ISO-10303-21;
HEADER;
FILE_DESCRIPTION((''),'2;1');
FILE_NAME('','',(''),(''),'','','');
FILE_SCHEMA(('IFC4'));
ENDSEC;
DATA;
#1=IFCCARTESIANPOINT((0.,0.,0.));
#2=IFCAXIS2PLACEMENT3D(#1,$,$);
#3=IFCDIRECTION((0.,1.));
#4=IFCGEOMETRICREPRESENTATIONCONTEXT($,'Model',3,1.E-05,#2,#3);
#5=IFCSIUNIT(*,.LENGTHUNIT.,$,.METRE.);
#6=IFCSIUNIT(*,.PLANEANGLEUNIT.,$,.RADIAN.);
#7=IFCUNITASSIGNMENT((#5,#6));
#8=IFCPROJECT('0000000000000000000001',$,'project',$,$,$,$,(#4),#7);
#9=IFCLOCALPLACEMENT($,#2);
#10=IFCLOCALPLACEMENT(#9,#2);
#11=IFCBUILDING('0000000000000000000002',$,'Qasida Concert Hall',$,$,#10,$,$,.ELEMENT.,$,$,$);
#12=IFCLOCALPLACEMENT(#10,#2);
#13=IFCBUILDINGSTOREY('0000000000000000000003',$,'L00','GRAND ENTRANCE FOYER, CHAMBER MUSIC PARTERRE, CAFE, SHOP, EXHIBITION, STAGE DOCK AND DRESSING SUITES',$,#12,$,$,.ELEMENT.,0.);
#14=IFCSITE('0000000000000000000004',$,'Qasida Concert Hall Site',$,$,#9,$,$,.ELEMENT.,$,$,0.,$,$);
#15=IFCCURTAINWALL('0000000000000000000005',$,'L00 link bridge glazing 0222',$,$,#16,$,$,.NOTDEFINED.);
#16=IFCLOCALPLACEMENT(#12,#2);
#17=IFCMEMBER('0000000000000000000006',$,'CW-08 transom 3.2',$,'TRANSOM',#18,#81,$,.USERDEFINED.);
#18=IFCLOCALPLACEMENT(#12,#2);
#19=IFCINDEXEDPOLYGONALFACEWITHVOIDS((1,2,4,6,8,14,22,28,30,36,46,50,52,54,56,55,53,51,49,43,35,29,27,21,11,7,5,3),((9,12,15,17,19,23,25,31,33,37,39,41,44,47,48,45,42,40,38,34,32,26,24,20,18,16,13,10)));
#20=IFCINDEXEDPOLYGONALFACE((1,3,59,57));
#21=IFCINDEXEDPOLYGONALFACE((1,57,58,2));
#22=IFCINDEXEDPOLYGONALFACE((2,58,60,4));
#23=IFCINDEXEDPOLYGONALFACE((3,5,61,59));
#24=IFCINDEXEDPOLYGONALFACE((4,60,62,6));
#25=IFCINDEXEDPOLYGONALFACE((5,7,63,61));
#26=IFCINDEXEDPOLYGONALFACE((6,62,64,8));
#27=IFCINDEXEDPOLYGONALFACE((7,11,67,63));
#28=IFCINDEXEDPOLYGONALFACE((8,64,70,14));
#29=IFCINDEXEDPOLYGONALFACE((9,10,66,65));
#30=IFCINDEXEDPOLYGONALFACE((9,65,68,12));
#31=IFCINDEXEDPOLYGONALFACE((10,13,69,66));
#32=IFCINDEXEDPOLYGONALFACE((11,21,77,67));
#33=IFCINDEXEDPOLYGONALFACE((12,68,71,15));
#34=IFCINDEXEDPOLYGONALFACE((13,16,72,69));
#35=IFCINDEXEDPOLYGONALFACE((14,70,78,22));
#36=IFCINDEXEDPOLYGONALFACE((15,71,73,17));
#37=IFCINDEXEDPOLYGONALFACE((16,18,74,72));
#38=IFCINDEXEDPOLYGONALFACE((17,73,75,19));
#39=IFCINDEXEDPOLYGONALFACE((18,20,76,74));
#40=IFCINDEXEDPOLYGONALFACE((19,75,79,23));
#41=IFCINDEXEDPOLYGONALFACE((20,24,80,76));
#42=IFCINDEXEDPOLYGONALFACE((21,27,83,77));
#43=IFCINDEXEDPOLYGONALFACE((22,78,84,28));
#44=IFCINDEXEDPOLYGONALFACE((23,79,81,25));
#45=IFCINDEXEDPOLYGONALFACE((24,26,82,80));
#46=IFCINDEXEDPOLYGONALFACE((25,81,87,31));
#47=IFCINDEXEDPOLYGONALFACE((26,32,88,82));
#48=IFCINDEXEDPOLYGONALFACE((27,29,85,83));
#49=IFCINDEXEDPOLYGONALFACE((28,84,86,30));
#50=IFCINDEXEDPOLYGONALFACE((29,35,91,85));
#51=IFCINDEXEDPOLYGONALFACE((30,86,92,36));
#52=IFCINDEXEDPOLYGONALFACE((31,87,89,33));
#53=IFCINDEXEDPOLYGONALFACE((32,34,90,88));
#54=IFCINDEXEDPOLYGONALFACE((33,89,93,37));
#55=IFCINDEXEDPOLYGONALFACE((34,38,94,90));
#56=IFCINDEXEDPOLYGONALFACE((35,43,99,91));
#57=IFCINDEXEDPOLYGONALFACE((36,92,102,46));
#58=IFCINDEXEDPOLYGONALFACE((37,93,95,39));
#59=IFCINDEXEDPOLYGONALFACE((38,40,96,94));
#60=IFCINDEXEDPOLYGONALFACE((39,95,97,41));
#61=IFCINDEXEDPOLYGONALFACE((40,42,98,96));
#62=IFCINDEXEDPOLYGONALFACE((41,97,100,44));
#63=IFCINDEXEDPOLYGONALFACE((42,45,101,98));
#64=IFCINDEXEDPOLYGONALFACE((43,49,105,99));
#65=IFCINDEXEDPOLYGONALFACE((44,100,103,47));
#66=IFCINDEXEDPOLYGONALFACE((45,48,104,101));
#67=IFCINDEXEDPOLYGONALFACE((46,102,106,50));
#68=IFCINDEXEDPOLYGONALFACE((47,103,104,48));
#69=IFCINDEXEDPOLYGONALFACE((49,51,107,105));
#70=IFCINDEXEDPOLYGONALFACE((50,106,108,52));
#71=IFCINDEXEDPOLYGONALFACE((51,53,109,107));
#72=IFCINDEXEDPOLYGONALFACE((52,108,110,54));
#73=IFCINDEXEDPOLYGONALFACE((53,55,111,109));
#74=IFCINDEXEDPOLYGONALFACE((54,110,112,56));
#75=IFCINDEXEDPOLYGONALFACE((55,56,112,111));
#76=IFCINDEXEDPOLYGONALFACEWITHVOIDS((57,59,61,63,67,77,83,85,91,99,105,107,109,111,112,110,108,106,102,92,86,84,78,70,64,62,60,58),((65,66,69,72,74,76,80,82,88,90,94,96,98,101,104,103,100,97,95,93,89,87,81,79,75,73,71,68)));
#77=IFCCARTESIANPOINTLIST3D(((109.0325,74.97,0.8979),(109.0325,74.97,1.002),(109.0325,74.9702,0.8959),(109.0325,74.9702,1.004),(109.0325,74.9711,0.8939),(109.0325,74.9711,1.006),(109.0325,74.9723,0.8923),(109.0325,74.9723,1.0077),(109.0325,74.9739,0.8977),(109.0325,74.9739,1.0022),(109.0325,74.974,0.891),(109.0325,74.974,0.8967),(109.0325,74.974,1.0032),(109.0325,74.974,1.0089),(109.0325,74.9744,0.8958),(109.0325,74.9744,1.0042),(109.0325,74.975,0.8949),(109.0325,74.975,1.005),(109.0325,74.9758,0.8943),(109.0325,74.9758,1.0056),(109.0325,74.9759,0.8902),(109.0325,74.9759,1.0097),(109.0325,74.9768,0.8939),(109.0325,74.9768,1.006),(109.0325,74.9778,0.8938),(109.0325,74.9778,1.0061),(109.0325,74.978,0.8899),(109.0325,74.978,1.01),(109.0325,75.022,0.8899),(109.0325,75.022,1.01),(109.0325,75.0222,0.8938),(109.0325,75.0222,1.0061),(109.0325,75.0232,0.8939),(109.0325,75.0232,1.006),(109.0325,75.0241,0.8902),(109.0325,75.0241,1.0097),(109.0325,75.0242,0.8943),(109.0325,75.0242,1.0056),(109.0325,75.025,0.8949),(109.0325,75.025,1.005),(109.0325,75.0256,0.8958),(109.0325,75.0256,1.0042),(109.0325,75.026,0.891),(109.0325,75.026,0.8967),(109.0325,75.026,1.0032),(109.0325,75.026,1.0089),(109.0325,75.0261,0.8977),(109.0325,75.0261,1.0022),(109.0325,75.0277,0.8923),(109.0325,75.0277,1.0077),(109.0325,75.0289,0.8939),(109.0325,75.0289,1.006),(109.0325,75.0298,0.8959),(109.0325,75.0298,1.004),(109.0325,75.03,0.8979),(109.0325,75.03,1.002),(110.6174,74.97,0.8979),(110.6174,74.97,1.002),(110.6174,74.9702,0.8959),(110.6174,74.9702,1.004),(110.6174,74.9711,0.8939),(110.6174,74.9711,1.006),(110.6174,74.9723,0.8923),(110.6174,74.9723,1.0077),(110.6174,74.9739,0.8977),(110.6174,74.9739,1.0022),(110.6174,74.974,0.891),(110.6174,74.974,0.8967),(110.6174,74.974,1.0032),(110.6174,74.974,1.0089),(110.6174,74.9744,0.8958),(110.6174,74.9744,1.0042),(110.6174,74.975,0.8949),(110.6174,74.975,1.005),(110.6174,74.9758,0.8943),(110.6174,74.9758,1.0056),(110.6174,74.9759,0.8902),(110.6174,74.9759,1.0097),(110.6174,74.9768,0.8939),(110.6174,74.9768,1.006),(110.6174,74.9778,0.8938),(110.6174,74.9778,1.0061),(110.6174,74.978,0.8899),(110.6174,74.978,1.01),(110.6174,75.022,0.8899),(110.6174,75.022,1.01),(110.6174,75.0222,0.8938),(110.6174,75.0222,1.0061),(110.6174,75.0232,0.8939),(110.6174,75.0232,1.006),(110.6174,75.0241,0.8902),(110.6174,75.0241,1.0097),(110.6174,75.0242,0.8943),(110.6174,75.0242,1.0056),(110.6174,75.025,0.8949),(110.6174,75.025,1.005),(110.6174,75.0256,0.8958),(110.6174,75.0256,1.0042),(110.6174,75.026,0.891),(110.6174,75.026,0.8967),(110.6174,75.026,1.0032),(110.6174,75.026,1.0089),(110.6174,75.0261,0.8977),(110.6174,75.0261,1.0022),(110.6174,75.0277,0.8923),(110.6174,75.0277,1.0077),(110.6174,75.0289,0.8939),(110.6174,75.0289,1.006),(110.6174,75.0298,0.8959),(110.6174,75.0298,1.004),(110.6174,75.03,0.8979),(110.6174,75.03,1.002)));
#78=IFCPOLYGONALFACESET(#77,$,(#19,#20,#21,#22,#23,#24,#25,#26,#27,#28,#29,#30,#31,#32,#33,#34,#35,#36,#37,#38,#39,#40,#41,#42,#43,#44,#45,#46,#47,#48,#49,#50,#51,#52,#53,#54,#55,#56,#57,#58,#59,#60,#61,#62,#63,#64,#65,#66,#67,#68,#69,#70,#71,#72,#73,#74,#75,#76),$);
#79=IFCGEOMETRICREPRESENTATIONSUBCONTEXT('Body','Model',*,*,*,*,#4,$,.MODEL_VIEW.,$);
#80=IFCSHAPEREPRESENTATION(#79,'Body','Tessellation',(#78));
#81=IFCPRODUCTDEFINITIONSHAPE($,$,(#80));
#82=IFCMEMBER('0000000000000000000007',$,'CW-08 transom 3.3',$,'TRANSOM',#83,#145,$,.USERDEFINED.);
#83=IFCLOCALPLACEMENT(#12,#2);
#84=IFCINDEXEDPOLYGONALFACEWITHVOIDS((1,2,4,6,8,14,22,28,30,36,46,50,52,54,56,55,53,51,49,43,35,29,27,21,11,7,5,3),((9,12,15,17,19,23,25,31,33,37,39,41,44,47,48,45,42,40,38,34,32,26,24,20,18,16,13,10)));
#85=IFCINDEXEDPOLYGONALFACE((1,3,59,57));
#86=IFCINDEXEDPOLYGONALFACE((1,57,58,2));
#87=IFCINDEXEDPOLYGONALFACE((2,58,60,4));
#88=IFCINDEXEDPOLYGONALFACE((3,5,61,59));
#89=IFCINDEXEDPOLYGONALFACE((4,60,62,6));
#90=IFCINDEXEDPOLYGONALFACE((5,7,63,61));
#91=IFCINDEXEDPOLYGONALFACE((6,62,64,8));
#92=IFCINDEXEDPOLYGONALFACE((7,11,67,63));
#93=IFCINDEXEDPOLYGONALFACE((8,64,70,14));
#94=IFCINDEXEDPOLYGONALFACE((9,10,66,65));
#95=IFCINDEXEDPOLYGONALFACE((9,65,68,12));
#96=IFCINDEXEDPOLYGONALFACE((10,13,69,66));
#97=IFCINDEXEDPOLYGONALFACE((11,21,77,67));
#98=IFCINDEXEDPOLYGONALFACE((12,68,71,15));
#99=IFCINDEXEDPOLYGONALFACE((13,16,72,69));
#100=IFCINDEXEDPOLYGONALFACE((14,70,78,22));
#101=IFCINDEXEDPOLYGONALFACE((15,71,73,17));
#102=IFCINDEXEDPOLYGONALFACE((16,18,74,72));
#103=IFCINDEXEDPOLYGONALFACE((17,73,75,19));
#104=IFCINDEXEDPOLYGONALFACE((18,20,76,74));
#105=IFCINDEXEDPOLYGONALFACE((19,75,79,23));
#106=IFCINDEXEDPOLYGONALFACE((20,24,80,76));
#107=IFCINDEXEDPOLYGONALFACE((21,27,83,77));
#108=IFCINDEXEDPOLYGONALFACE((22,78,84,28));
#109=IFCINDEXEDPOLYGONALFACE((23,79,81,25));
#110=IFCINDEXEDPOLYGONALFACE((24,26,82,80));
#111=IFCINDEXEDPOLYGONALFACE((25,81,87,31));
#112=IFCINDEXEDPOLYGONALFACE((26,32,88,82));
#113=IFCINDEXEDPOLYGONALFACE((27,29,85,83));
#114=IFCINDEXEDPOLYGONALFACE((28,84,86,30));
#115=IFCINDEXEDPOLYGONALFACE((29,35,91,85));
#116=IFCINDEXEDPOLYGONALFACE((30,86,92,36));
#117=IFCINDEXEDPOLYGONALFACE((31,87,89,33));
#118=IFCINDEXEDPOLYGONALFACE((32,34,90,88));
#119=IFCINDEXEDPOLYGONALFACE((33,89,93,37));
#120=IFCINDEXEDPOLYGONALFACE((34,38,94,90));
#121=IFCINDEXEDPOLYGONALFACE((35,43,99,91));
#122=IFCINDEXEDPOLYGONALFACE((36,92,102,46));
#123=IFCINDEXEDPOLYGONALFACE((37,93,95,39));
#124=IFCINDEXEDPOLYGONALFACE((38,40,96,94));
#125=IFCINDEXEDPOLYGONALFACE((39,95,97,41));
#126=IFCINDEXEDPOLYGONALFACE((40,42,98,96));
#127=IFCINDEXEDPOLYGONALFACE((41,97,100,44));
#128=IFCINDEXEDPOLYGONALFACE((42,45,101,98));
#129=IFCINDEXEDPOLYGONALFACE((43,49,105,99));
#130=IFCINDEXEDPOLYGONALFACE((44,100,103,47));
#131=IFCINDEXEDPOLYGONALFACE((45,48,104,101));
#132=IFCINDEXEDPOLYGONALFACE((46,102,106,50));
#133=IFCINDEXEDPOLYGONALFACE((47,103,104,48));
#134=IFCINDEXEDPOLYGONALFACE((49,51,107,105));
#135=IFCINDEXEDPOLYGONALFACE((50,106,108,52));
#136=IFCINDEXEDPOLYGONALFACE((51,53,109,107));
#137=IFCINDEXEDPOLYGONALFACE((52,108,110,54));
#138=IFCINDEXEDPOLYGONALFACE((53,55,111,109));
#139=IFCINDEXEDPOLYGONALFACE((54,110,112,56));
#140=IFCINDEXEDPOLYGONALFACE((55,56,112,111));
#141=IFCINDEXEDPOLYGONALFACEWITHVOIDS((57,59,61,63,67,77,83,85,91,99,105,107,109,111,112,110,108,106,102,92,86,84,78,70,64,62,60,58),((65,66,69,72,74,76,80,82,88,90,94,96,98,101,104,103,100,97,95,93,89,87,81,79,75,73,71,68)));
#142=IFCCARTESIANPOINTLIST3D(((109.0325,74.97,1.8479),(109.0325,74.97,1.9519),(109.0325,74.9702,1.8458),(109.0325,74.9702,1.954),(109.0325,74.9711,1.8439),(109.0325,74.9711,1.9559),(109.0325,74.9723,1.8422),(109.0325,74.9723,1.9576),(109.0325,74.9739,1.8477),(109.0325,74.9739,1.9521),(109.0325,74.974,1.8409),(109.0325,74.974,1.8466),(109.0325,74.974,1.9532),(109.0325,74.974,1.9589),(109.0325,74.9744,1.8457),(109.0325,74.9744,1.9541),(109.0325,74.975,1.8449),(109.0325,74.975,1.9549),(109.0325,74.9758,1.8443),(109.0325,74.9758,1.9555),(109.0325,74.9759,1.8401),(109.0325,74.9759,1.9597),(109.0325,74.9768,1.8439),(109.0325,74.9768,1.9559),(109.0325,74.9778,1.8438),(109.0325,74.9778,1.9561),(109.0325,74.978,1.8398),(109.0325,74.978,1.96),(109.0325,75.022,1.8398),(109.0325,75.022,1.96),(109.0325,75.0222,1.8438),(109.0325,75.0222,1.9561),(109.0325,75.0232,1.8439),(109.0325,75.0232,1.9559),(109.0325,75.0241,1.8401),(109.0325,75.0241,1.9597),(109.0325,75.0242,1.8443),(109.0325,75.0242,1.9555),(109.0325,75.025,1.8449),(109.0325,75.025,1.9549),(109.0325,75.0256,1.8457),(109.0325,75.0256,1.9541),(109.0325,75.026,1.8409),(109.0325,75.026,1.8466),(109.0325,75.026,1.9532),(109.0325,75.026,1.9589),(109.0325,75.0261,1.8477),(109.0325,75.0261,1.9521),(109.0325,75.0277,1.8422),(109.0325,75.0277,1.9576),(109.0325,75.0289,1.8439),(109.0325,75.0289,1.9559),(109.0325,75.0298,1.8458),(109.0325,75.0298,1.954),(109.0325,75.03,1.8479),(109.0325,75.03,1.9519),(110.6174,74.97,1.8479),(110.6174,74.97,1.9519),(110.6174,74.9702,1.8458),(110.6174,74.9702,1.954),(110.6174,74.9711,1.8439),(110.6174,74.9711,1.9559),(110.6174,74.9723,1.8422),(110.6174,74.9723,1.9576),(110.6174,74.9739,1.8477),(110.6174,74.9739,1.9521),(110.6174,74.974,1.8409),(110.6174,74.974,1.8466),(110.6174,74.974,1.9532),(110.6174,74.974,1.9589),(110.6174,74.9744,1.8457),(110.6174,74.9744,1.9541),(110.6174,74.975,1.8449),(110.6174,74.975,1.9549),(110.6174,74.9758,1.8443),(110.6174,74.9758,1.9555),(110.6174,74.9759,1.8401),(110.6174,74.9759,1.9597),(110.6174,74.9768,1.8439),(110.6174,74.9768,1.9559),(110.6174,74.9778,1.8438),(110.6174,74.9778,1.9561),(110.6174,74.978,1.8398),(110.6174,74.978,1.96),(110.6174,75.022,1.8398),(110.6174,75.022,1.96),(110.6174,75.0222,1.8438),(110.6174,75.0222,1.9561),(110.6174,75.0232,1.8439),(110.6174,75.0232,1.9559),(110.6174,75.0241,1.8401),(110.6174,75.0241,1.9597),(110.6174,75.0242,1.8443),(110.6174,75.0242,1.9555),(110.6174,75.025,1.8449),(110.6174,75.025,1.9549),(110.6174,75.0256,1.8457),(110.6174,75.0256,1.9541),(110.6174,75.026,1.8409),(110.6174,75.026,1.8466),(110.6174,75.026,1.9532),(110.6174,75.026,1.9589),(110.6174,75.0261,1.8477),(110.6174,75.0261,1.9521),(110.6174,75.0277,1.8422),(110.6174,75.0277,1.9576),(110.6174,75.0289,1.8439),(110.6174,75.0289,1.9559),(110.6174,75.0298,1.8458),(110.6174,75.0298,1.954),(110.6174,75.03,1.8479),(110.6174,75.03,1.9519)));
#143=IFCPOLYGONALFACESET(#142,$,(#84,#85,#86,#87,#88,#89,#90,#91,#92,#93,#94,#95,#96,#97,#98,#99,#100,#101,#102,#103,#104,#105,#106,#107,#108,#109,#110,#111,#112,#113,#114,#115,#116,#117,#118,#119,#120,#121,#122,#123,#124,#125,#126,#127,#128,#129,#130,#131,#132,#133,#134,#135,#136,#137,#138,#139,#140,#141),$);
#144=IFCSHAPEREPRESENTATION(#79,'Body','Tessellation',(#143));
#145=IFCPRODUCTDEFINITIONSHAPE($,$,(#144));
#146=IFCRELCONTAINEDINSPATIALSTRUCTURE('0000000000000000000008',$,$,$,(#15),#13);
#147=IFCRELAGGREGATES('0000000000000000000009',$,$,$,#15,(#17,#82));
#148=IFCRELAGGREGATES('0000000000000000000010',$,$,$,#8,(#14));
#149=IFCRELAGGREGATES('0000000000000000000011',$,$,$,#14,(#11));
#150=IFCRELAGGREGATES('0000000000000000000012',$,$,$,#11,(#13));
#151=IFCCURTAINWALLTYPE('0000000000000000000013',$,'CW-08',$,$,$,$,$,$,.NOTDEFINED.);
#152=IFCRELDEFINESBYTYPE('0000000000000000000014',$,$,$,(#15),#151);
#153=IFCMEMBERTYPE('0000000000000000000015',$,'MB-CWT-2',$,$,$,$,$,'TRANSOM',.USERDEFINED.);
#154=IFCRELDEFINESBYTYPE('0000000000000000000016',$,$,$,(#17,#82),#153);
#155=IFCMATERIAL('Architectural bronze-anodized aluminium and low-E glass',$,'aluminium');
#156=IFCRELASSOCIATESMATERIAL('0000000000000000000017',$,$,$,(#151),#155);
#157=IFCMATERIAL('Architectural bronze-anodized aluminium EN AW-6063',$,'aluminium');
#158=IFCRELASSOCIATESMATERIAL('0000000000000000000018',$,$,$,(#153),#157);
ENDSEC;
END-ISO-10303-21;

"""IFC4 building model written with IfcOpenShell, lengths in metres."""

from ifc_helpers import new_model, si_unit, direction, frame, origin, origin_2d, place, context, subcontext, project, spatial, hollow_rectangle, extrude, material, material_profile, profile_set, type_object, element, aggregate, save


model = new_model("IFC4")

# Units and contexts
model_context = context("Model", 3, precision=1e-05, world=origin(), true_north=direction((0.0, 1.0)))
body_context = subcontext(model_context, "Body", "Model", "MODEL_VIEW")
ifc_project = project(units=[si_unit("LENGTHUNIT", "METRE"), si_unit("PLANEANGLEUNIT", "RADIAN")], contexts=[model_context])

# Site, building, storey
site_placement = place(None, origin())
site = spatial("IfcSite", under=ifc_project, at=site_placement, Name="Qasida Concert Hall Site", CompositionType="ELEMENT", RefElevation=0.0)
building_placement = place(site_placement, origin())
building = spatial("IfcBuilding", under=site, at=building_placement, Name="Qasida Concert Hall", CompositionType="ELEMENT")
storey_placement = place(building_placement, origin())
storey = spatial("IfcBuildingStorey", under=building, at=storey_placement, Name="L00", Description="GRAND ENTRANCE FOYER, CHAMBER MUSIC PARTERRE, CAFE, SHOP, EXHIBITION, STAGE DOCK AND DRESSING SUITES", CompositionType="ELEMENT", Elevation=0.0)

# Curtain wall, members
ifc_material_1 = material(Name="Architectural bronze-anodized aluminium and low-E glass", Category="aluminium")
curtain_wall_type = type_object("IfcCurtainWallType", Name="CW-08", PredefinedType="NOTDEFINED", material=ifc_material_1)
curtain_wall_placement = place(storey_placement, origin())
curtain_wall = element("IfcCurtainWall", 1, at=curtain_wall_placement, inside=storey, type_object=curtain_wall_type, Name="L00 link bridge glazing 0222", PredefinedType="NOTDEFINED")
ifc_material_2 = material(Name="Architectural bronze-anodized aluminium EN AW-6063", Category="aluminium")
ifc_material_profile_1 = material_profile(ifc_material_2, hollow_rectangle(XDim=0.0601, YDim=0.1201, WallThickness=0.0039, InnerFilletRadius=0.0039, OuterFilletRadius=0.0081, at=origin_2d()), Name="CWT 120x60x4")
ifc_profile_set_1 = profile_set([ifc_material_profile_1], Name="Architectural bronze-anodized aluminium EN AW-6063")
member_type_1 = type_object("IfcMemberType", Name="MB-CWT-2", ElementType="TRANSOM", PredefinedType="USERDEFINED", material=ifc_profile_set_1)
member_1_placement = place(storey_placement, frame((109.0325, 75.0, 0.95), z_axis=(1.0, 0.0, 0.0), x_axis=(0.0, 1.0, 0.0)))
member_1 = element("IfcMember", 2, at=member_1_placement, type_object=member_type_1, Name="CW-08 transom 3.2", ObjectType="TRANSOM", PredefinedType="USERDEFINED", context=body_context, shape_type="SweptSolid", body=[
    extrude(hollow_rectangle(XDim=0.0601, YDim=0.1201, WallThickness=0.0039, InnerFilletRadius=0.0039, OuterFilletRadius=0.0081, at=origin_2d()), origin(), (0.0, 0.0, 1.0), 1.585),
])
member_2_placement = place(storey_placement, frame((109.0325, 75.0, 1.8999), z_axis=(1.0, 0.0, 0.0), x_axis=(0.0, 1.0, 0.0)))
member_2 = element("IfcMember", 3, at=member_2_placement, type_object=member_type_1, Name="CW-08 transom 3.3", ObjectType="TRANSOM", PredefinedType="USERDEFINED", context=body_context, shape_type="SweptSolid", body=[
    extrude(hollow_rectangle(XDim=0.0601, YDim=0.1201, WallThickness=0.0039, InnerFilletRadius=0.0039, OuterFilletRadius=0.0081, at=origin_2d()), origin(), (0.0, 0.0, 1.0), 1.585),
])
aggregate(curtain_wall, [member_1, member_2])

save(model, "model.ifc")
